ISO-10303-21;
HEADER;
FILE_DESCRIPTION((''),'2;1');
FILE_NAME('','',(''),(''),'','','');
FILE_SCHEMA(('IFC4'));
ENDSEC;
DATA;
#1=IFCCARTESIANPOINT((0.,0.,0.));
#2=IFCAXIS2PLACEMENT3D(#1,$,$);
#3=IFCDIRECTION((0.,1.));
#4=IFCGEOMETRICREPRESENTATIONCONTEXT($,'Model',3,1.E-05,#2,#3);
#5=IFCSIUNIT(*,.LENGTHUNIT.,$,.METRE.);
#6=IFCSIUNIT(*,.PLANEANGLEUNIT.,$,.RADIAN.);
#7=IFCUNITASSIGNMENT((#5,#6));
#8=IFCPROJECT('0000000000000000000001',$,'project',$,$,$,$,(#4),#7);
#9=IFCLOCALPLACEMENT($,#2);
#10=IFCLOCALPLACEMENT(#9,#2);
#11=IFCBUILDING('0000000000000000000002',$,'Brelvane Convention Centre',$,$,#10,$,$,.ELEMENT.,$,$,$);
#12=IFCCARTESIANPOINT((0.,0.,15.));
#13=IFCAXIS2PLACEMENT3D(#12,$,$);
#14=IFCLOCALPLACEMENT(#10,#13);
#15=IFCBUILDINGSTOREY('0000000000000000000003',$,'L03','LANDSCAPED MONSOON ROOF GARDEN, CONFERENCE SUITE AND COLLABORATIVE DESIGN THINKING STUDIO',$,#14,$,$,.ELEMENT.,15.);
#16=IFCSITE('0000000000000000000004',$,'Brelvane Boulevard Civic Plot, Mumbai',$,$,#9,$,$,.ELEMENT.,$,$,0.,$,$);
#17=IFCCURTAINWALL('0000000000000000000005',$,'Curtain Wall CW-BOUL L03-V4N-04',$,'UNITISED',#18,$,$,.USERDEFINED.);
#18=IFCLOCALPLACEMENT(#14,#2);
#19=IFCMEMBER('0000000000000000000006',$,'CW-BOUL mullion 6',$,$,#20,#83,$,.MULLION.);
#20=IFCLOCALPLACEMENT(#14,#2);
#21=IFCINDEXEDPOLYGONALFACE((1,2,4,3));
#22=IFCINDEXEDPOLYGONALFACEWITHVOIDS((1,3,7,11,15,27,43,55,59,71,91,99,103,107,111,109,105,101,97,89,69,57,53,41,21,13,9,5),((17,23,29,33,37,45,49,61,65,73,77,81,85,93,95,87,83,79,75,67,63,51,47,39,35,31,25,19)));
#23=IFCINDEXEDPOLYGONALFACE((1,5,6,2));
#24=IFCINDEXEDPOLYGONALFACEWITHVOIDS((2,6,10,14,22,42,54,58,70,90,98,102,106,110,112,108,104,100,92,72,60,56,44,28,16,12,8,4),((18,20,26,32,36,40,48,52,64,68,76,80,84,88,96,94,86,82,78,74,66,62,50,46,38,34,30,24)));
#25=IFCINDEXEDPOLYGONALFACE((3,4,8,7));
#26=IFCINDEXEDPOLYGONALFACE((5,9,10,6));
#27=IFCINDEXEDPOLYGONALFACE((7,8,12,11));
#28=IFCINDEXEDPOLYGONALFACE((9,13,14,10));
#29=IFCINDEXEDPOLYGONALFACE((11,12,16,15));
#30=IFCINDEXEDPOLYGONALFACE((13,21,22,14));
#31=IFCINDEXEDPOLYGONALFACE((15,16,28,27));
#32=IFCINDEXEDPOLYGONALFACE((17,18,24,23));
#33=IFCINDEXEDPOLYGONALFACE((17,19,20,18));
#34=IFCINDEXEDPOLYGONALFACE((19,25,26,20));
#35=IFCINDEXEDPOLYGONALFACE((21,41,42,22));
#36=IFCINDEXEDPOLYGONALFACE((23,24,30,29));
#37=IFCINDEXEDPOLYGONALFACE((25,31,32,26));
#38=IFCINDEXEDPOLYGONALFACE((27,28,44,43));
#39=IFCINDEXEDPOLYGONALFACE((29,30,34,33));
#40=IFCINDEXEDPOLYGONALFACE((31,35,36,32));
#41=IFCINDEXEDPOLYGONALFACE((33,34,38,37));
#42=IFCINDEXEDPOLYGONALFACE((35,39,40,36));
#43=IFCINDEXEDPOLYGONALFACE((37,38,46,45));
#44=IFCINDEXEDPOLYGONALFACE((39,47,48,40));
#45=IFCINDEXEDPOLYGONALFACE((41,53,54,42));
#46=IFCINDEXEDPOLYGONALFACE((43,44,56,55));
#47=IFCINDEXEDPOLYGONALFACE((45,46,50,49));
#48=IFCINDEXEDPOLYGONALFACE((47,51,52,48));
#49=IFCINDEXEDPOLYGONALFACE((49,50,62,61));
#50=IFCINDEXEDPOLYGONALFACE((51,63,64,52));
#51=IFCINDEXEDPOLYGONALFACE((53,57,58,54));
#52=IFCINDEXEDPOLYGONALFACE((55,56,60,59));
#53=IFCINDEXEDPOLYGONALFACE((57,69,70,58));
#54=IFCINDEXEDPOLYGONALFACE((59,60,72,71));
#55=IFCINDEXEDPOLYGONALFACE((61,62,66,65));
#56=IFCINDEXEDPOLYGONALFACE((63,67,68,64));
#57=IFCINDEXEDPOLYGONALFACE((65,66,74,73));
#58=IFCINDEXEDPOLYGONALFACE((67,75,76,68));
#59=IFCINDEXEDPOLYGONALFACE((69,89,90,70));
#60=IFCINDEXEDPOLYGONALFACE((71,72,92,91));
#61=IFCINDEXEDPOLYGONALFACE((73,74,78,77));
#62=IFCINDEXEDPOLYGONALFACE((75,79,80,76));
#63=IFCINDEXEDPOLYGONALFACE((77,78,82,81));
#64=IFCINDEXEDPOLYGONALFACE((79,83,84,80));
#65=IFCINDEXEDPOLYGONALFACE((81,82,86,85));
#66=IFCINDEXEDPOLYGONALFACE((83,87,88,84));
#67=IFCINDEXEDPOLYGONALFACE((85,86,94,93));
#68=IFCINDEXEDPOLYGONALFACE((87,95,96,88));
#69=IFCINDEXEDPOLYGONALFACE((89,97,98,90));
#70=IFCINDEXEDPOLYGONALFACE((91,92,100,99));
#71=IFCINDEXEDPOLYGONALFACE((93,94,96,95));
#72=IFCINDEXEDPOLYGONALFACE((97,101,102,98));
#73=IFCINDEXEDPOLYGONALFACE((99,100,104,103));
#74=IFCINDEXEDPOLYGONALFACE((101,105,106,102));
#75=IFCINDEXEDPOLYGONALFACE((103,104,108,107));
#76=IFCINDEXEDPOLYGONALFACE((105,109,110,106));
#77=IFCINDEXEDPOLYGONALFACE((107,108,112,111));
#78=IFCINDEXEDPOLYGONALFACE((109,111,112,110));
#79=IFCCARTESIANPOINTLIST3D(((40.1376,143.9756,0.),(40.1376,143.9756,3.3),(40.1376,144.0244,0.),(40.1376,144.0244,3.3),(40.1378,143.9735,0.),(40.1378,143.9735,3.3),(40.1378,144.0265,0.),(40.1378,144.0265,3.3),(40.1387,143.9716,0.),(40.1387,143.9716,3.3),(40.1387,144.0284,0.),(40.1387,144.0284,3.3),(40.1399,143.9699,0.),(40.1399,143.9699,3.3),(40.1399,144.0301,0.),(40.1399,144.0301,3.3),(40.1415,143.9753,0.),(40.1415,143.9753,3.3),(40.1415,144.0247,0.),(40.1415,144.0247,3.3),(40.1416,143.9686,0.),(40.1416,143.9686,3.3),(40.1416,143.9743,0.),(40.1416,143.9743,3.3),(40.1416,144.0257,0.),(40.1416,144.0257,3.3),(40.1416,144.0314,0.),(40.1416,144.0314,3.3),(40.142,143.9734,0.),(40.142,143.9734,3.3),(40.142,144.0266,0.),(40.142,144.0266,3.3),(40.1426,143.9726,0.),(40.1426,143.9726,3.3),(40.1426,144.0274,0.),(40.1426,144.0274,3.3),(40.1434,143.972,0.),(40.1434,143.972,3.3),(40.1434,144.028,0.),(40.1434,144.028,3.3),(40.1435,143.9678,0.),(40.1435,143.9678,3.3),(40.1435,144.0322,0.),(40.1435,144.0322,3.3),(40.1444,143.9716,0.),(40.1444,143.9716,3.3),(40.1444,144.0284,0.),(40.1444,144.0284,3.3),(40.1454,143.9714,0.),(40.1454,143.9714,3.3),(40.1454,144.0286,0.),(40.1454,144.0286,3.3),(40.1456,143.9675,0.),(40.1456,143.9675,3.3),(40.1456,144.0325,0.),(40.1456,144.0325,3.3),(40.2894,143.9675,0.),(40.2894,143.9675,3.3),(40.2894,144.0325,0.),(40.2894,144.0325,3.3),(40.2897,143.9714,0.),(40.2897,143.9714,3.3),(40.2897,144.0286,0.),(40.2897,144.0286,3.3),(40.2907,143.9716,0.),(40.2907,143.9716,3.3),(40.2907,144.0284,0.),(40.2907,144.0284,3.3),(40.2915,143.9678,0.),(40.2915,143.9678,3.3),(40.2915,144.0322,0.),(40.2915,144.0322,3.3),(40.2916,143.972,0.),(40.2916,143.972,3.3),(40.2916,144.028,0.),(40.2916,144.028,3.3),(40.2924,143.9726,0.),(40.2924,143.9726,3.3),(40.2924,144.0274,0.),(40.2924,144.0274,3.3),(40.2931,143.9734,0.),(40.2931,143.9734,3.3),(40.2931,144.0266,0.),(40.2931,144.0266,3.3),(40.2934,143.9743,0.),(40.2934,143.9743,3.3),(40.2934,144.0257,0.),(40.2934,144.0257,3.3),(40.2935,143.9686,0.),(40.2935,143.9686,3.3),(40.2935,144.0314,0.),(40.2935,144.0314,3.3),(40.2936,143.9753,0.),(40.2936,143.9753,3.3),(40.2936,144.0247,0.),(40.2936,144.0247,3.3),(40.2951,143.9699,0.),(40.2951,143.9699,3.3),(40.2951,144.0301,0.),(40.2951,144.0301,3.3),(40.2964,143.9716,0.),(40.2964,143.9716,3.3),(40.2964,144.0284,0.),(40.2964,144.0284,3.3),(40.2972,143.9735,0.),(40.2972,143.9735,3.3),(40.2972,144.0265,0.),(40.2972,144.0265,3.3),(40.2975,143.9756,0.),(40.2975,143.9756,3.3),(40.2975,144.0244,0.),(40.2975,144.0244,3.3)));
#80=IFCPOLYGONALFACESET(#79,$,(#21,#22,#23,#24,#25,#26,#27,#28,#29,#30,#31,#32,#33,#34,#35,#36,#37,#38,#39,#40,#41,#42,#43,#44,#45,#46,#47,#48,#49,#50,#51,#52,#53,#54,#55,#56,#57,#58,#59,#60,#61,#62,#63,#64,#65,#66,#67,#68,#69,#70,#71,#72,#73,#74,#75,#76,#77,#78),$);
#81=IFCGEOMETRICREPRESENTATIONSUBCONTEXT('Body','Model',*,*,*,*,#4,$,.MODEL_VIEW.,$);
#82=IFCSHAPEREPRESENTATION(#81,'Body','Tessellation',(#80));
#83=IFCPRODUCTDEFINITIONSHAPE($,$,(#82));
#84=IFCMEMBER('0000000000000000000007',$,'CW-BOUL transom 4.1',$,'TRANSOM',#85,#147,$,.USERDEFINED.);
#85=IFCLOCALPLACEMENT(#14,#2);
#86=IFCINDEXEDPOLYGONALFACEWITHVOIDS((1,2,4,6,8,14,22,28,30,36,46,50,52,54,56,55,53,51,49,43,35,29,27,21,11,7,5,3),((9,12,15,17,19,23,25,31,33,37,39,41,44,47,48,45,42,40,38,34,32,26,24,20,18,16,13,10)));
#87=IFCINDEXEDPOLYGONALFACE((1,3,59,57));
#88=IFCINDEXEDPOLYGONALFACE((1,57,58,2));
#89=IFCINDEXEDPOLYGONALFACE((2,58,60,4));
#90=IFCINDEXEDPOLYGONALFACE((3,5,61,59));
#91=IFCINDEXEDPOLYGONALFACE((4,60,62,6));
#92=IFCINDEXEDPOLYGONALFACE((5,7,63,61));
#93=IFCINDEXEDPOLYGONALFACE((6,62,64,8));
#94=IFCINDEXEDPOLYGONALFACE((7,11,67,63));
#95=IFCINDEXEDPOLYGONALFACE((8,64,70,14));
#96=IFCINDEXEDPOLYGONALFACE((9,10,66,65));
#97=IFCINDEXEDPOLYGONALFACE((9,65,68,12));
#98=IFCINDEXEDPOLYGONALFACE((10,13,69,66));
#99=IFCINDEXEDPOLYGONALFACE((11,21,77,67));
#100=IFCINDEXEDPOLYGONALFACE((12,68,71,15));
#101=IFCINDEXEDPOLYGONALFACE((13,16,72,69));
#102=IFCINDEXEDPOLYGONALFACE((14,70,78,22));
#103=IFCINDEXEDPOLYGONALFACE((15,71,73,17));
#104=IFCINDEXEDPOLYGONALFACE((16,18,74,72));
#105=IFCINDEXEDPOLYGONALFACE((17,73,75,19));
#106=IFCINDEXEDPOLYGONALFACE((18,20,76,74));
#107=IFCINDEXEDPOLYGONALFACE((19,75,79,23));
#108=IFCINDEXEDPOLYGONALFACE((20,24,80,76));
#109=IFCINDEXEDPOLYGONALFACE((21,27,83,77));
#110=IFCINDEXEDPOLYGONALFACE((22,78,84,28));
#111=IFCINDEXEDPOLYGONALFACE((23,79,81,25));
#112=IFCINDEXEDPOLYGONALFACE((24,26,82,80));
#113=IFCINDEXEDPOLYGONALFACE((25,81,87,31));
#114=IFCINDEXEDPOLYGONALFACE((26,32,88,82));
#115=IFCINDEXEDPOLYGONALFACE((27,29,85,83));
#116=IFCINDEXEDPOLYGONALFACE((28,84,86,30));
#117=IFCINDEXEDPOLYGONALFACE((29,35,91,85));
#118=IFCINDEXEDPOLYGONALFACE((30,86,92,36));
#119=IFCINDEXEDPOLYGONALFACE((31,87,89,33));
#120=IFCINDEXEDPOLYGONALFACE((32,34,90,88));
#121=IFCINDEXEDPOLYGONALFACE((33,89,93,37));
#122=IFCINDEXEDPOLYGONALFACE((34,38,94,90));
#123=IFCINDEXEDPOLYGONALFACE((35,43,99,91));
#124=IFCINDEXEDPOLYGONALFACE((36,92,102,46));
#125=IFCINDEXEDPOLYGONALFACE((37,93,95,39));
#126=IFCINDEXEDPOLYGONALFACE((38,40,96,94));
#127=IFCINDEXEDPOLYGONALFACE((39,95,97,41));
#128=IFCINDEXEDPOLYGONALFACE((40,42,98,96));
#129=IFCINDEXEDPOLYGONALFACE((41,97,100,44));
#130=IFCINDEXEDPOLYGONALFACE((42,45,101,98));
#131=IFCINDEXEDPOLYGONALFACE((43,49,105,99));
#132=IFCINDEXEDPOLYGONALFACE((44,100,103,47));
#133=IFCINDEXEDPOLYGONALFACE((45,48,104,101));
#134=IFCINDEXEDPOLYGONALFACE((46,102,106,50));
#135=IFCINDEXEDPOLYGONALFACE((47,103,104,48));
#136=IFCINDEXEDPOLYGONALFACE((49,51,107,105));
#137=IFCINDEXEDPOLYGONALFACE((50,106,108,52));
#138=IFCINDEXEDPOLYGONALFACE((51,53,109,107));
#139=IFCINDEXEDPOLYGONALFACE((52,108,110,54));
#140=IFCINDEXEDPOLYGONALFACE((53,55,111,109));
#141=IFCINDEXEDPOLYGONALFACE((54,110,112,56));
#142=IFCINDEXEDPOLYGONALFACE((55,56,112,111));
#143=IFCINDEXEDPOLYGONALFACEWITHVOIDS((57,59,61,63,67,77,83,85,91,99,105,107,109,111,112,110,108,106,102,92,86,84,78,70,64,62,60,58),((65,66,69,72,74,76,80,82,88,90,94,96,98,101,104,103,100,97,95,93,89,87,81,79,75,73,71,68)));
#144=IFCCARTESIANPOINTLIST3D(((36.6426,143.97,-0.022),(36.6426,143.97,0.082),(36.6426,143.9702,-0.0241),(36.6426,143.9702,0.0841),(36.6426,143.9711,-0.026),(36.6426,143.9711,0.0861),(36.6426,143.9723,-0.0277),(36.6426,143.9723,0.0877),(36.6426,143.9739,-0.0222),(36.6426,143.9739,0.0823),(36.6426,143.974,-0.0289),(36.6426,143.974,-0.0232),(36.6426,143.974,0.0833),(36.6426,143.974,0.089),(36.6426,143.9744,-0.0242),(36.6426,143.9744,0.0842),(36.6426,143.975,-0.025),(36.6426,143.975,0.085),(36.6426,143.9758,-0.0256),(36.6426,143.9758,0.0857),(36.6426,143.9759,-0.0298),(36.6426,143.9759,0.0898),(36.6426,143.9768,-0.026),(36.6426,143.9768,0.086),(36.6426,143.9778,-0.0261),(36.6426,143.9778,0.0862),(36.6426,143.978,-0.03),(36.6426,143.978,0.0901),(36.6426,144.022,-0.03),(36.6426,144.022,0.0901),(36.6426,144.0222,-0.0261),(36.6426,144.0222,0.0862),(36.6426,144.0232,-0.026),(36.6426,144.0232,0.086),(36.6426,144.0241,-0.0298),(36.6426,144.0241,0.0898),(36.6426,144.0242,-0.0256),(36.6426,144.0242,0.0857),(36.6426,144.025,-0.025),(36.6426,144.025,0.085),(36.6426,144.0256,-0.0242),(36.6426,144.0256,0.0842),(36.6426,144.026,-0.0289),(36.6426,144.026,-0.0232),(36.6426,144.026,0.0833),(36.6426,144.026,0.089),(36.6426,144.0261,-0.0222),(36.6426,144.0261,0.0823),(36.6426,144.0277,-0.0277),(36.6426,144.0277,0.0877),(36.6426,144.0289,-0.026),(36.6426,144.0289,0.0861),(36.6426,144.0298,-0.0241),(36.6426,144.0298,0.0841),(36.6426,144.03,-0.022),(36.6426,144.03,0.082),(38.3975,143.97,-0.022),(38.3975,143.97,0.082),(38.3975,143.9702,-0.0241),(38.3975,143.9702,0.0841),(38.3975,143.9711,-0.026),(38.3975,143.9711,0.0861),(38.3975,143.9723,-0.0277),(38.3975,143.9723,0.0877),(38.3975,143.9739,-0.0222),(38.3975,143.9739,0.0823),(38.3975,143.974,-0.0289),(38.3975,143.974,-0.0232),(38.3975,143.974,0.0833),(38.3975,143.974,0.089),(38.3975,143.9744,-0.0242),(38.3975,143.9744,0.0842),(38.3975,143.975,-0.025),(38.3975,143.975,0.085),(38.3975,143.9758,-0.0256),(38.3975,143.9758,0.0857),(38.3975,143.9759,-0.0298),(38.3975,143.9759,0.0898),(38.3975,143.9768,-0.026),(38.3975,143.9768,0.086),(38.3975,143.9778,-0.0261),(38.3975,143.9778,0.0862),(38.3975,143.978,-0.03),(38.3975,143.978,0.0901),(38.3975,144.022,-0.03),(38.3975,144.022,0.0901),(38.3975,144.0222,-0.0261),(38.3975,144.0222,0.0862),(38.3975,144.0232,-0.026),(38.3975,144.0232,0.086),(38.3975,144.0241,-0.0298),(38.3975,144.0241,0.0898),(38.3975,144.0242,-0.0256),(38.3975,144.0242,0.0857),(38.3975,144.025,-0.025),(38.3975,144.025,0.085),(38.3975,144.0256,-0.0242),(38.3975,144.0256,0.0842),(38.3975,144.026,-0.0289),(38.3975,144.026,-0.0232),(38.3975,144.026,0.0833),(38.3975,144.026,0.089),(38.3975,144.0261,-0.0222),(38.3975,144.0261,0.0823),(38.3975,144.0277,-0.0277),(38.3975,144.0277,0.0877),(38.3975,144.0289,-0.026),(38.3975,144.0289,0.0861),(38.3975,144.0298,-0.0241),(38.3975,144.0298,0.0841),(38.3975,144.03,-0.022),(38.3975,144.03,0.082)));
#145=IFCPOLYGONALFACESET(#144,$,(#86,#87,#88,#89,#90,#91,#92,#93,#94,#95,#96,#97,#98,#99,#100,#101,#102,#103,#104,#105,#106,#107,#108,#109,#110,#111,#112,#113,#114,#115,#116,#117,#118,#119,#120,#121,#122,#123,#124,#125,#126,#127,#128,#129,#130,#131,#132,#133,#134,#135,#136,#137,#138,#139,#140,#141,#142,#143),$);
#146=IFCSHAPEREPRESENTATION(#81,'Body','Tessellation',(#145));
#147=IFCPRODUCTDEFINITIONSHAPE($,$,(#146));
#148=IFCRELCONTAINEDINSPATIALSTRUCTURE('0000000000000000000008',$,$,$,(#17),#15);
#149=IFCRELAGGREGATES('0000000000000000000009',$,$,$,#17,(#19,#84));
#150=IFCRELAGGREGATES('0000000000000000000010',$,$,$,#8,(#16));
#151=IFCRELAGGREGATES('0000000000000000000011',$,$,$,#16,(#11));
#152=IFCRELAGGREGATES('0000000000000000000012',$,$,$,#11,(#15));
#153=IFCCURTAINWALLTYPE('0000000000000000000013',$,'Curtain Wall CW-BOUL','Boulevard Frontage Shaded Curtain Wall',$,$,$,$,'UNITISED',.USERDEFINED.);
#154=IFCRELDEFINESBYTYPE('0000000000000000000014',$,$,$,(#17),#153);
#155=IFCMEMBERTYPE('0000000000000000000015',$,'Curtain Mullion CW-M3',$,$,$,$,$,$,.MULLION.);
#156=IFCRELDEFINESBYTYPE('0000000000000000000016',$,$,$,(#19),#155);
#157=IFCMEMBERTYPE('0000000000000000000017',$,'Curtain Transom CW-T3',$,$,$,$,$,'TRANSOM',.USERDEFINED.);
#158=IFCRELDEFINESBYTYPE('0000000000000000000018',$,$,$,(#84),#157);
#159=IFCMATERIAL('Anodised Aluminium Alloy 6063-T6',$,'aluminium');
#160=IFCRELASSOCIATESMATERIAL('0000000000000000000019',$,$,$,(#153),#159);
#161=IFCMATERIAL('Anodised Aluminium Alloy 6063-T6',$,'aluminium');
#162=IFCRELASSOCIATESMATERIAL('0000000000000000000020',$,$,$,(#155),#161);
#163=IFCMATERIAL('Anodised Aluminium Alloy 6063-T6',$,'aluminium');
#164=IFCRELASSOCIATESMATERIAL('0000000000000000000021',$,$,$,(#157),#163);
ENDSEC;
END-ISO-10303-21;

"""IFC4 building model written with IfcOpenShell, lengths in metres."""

from ifc_helpers import new_model, si_unit, direction, frame, origin, origin_2d, place, context, subcontext, project, spatial, hollow_rectangle, extrude, material, material_profile, profile_set, type_object, element, aggregate, save


model = new_model("IFC4")

# Units and contexts
model_context = context("Model", 3, precision=1e-05, world=origin(), true_north=direction((0.0, 1.0)))
body_context = subcontext(model_context, "Body", "Model", "MODEL_VIEW")
ifc_project = project(units=[si_unit("LENGTHUNIT", "METRE"), si_unit("PLANEANGLEUNIT", "RADIAN")], contexts=[model_context])

# Site, building, storey
site_placement = place(None, origin())
site = spatial("IfcSite", under=ifc_project, at=site_placement, Name="Brelvane Boulevard Civic Plot, Mumbai", CompositionType="ELEMENT", RefElevation=0.0)
building_placement = place(site_placement, origin())
building = spatial("IfcBuilding", under=site, at=building_placement, Name="Brelvane Convention Centre", CompositionType="ELEMENT")
storey_placement = place(building_placement, frame((0.0, 0.0, 15.0)))
storey = spatial("IfcBuildingStorey", under=building, at=storey_placement, Name="L03", Description="LANDSCAPED MONSOON ROOF GARDEN, CONFERENCE SUITE AND COLLABORATIVE DESIGN THINKING STUDIO", CompositionType="ELEMENT", Elevation=15.0)

# Curtain wall, members
ifc_material_1 = material(Name="Anodised Aluminium Alloy 6063-T6", Category="aluminium")
curtain_wall_type = type_object("IfcCurtainWallType", Name="Curtain Wall CW-BOUL", Description="Boulevard Frontage Shaded Curtain Wall", ElementType="UNITISED", PredefinedType="USERDEFINED", material=ifc_material_1)
curtain_wall_placement = place(storey_placement, origin())
curtain_wall = element("IfcCurtainWall", 1, at=curtain_wall_placement, inside=storey, type_object=curtain_wall_type, Name="Curtain Wall CW-BOUL L03-V4N-04", ObjectType="UNITISED", PredefinedType="USERDEFINED")
ifc_material_2 = material(Name="Anodised Aluminium Alloy 6063-T6", Category="aluminium")
ifc_material_profile_1 = material_profile(ifc_material_2, hollow_rectangle(XDim=0.0649, YDim=0.1599, WallThickness=0.0039, InnerFilletRadius=0.0039, OuterFilletRadius=0.0081, at=origin_2d()), Name="ALU-M 160x65x4.0")
ifc_profile_set_1 = profile_set([ifc_material_profile_1], Name="Anodised Aluminium Alloy 6063-T6")
member_type_1 = type_object("IfcMemberType", Name="Curtain Mullion CW-M3", PredefinedType="MULLION", material=ifc_profile_set_1)
member_1_placement = place(storey_placement, frame((40.2175, 144.0, 0.0), z_axis=(0.0, 0.0, 1.0), x_axis=(0.0, 1.0, 0.0)))
member_1 = element("IfcMember", 2, at=member_1_placement, type_object=member_type_1, Name="CW-BOUL mullion 6", PredefinedType="MULLION", context=body_context, shape_type="SweptSolid", body=[
    extrude(hollow_rectangle(XDim=0.0649, YDim=0.1599, WallThickness=0.0039, InnerFilletRadius=0.0039, OuterFilletRadius=0.0081, at=origin_2d()), origin(), (0.0, 0.0, 1.0), 3.3),
])
ifc_material_3 = material(Name="Anodised Aluminium Alloy 6063-T6", Category="aluminium")
ifc_material_profile_2 = material_profile(ifc_material_3, hollow_rectangle(XDim=0.0601, YDim=0.1201, WallThickness=0.0039, InnerFilletRadius=0.0039, OuterFilletRadius=0.0081, at=origin_2d()), Name="ALU-T 120x60x4.0")
ifc_profile_set_2 = profile_set([ifc_material_profile_2], Name="Anodised Aluminium Alloy 6063-T6")
member_type_2 = type_object("IfcMemberType", Name="Curtain Transom CW-T3", ElementType="TRANSOM", PredefinedType="USERDEFINED", material=ifc_profile_set_2)
member_2_placement = place(storey_placement, frame((36.6426, 144.0, 0.03), z_axis=(1.0, 0.0, 0.0), x_axis=(0.0, 1.0, 0.0)))
member_2 = element("IfcMember", 3, at=member_2_placement, type_object=member_type_2, Name="CW-BOUL transom 4.1", ObjectType="TRANSOM", PredefinedType="USERDEFINED", context=body_context, shape_type="SweptSolid", body=[
    extrude(hollow_rectangle(XDim=0.0601, YDim=0.1201, WallThickness=0.0039, InnerFilletRadius=0.0039, OuterFilletRadius=0.0081, at=origin_2d()), origin(), (0.0, 0.0, 1.0), 1.7549),
])

aggregate(curtain_wall, [member_1, member_2])

save(model, "model.ifc")
